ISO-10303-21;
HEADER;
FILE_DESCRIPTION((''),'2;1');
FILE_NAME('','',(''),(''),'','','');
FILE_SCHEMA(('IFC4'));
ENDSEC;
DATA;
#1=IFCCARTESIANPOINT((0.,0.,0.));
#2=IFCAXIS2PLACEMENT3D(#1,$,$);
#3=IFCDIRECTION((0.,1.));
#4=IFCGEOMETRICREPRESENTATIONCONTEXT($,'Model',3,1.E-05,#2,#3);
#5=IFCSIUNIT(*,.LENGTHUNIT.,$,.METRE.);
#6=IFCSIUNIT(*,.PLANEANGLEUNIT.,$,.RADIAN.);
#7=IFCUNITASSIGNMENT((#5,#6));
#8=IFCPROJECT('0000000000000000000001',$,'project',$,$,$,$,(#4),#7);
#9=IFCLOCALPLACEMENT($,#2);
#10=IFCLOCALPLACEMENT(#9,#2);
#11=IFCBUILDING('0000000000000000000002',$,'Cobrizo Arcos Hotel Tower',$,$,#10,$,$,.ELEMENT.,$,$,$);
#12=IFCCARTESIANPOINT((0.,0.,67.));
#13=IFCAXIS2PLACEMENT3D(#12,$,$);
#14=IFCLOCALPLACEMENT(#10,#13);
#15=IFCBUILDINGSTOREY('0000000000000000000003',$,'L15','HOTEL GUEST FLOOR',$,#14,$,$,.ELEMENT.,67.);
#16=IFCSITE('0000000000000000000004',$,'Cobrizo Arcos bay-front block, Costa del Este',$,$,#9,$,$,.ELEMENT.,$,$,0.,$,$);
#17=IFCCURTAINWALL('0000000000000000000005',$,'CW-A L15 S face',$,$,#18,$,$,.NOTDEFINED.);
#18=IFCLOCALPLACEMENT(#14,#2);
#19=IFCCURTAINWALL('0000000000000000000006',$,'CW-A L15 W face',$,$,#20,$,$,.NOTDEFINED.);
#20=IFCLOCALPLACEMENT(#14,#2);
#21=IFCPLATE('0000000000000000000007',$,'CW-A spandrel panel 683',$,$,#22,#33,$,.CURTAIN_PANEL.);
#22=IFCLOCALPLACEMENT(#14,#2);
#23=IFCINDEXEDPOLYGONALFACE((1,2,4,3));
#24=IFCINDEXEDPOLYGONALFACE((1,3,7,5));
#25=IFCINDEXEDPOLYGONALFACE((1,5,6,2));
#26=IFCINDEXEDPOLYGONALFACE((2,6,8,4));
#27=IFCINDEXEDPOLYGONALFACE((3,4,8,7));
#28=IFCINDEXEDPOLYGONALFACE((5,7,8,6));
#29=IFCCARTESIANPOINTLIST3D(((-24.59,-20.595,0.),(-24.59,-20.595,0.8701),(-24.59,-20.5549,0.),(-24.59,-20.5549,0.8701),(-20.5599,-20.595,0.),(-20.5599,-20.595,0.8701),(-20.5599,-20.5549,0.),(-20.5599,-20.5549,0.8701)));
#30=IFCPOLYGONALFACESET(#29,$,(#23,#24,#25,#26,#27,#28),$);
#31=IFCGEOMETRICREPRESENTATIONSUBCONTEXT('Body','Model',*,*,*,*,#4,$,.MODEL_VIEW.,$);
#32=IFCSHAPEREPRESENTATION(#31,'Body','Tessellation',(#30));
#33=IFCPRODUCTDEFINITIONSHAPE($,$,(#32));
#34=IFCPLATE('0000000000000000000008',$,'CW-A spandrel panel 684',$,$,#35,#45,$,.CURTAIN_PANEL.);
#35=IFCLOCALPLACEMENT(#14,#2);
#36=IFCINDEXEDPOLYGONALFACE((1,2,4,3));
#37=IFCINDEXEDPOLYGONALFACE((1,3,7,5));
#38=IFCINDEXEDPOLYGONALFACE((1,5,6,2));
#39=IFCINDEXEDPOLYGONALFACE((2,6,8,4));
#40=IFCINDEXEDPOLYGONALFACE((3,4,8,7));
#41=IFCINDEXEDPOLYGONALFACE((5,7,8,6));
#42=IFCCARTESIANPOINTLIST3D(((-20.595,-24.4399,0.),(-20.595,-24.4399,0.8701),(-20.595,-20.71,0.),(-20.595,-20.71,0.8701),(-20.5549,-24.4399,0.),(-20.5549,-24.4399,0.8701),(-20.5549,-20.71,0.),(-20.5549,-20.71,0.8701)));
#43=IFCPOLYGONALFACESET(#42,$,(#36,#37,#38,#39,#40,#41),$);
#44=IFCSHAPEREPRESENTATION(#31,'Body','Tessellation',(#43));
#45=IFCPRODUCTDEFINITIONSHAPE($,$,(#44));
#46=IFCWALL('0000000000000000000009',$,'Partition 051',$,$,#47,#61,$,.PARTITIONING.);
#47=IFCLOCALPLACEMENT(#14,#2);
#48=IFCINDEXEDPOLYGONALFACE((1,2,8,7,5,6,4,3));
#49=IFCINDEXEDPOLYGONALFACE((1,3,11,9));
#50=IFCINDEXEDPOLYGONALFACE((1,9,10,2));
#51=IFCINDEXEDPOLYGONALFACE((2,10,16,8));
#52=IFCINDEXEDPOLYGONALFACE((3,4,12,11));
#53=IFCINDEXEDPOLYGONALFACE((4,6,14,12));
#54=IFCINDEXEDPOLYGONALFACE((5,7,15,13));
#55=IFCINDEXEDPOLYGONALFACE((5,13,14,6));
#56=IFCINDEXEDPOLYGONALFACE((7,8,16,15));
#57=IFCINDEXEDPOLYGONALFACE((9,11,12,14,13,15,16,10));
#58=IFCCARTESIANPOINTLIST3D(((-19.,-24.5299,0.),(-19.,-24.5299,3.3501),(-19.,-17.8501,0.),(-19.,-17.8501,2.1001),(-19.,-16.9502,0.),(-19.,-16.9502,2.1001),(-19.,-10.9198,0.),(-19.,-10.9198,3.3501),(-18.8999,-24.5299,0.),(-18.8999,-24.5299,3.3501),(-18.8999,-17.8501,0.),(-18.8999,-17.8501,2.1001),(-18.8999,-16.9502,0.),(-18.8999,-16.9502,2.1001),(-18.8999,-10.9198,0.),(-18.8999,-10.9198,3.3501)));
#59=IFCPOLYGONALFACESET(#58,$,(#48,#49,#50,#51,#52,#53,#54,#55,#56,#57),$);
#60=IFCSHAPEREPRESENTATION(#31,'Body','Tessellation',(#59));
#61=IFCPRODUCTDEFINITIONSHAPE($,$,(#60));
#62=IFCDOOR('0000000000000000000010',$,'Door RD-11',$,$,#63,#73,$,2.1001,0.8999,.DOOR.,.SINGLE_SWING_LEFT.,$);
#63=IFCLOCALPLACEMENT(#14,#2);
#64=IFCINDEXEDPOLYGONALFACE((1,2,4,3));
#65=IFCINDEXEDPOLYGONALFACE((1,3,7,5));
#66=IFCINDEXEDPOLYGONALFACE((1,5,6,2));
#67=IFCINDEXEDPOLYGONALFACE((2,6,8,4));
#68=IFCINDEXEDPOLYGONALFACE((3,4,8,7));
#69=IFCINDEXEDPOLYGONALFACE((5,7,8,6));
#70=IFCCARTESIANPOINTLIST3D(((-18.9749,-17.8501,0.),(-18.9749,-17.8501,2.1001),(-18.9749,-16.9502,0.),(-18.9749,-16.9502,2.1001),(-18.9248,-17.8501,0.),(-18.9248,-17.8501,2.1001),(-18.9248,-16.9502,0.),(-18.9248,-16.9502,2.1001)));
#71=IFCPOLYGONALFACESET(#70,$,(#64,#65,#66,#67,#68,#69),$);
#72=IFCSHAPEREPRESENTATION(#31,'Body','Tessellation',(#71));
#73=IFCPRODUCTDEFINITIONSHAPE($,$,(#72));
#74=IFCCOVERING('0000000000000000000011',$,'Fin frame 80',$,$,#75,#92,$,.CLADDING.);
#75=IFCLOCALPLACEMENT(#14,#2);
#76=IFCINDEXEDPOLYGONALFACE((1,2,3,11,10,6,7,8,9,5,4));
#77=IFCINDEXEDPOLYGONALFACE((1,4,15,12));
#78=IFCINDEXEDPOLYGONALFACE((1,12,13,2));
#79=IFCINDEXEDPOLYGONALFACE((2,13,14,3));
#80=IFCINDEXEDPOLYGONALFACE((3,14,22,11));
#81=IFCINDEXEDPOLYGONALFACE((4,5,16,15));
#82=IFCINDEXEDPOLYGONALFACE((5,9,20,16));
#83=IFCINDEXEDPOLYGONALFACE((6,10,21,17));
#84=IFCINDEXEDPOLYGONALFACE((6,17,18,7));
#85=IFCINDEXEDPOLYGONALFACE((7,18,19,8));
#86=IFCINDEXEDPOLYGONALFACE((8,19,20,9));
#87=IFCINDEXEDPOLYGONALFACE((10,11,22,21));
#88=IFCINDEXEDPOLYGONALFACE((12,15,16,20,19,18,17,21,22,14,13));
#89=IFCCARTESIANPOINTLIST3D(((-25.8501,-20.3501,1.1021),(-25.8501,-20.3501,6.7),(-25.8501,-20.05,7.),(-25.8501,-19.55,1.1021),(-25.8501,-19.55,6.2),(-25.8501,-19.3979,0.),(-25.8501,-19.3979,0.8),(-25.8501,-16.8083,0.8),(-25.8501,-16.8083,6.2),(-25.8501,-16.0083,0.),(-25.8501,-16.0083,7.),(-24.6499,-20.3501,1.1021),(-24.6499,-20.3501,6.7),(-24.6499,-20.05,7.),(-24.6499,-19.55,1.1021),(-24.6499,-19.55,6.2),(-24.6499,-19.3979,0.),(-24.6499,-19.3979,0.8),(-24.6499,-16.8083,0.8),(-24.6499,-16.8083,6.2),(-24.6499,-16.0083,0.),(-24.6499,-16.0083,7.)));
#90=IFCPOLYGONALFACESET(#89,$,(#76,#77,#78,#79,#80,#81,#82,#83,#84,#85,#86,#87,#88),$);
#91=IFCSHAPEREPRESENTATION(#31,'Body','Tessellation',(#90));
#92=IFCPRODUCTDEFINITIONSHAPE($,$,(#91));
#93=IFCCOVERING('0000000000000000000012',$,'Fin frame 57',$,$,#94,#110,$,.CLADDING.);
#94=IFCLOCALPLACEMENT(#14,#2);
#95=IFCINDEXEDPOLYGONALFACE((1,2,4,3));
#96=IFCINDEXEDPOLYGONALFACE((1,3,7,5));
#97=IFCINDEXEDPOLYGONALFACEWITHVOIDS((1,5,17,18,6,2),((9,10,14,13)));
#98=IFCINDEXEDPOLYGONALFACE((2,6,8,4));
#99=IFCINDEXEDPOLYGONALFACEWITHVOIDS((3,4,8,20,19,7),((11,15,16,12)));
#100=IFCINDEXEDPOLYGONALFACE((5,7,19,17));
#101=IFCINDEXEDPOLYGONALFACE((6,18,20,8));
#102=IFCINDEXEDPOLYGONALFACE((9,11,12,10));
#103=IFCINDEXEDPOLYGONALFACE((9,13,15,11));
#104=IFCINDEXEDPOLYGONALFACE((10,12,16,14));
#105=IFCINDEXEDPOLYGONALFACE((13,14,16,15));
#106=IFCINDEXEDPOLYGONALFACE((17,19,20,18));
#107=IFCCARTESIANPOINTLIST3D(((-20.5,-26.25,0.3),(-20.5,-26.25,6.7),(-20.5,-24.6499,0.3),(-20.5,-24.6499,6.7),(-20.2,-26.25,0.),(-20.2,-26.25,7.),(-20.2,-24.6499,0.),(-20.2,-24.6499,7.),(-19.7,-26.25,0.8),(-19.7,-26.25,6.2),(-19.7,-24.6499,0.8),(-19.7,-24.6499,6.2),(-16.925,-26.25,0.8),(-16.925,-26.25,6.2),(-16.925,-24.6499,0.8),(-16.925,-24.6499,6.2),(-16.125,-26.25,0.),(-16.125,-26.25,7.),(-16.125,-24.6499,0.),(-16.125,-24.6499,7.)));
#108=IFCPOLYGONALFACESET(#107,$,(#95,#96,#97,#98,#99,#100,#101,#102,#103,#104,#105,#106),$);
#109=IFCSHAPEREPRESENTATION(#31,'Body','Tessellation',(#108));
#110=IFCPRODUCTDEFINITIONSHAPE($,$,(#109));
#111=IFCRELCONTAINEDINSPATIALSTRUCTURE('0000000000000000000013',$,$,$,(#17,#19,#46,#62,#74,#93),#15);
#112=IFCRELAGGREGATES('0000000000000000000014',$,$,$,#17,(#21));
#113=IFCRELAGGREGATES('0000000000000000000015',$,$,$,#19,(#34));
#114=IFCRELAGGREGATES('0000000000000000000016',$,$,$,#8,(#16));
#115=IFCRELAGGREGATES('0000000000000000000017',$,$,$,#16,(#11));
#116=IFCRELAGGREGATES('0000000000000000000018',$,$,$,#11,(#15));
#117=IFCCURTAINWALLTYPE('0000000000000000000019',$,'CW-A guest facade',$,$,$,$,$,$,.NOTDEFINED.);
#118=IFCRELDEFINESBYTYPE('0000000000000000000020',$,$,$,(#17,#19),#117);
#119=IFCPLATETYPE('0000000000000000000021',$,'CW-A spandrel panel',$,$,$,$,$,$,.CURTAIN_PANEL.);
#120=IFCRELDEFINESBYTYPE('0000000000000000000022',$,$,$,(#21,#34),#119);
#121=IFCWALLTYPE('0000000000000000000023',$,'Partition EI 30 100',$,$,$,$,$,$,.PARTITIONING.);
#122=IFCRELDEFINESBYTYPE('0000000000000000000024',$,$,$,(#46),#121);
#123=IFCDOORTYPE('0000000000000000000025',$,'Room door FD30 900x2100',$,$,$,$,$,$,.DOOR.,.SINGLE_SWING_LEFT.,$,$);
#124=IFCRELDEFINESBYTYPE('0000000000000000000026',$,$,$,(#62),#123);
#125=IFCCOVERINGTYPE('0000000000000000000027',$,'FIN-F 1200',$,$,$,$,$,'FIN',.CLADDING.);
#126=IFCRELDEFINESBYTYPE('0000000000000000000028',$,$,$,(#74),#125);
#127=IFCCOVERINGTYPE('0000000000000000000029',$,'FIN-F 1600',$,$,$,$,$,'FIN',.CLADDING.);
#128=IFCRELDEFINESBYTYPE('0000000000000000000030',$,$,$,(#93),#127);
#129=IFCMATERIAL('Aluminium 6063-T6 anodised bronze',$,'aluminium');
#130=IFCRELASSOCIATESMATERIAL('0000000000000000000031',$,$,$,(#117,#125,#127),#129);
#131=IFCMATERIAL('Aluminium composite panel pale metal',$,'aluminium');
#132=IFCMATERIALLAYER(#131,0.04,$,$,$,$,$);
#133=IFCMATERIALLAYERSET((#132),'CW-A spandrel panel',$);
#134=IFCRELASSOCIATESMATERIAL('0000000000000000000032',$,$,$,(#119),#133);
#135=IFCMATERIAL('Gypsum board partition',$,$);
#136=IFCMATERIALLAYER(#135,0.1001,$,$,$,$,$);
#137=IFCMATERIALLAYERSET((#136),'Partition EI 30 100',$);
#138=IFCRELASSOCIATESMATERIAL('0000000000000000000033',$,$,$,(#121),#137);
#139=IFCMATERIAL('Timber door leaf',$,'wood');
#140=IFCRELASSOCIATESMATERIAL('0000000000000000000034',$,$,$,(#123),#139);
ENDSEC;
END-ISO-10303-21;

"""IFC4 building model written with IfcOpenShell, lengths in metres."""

from ifc_helpers import new_model, si_unit, direction, frame, frame_2d, origin, origin_2d, place, context, subcontext, project, spatial, polyline, rectangle, outline, extrude, material, layer, layer_set, type_object, element, fill, aggregate, save


model = new_model("IFC4")

# Units and contexts
model_context = context("Model", 3, precision=1e-05, world=origin(), true_north=direction((0.0, 1.0)))
body_context = subcontext(model_context, "Body", "Model", "MODEL_VIEW")
ifc_project = project(units=[si_unit("LENGTHUNIT", "METRE"), si_unit("PLANEANGLEUNIT", "RADIAN")], contexts=[model_context])

# Site, building, storey
site_placement = place(None, origin())
site = spatial("IfcSite", under=ifc_project, at=site_placement, Name="Cobrizo Arcos bay-front block, Costa del Este", CompositionType="ELEMENT", RefElevation=0.0)
building_placement = place(site_placement, origin())
building = spatial("IfcBuilding", under=site, at=building_placement, Name="Cobrizo Arcos Hotel Tower", CompositionType="ELEMENT")
storey_placement = place(building_placement, frame((0.0, 0.0, 67.0)))
storey = spatial("IfcBuildingStorey", under=building, at=storey_placement, Name="L15", Description="HOTEL GUEST FLOOR", CompositionType="ELEMENT", Elevation=67.0)

# Shared definitions
ifc_material_1 = material(Name="Aluminium 6063-T6 anodised bronze", Category="aluminium")
curtain_wall_type = type_object("IfcCurtainWallType", Name="CW-A guest facade", PredefinedType="NOTDEFINED", material=ifc_material_1)

# Curtain walls
curtain_wall_1_placement = place(storey_placement, origin())
curtain_wall_1 = element("IfcCurtainWall", 1, at=curtain_wall_1_placement, inside=storey, type_object=curtain_wall_type, Name="CW-A L15 S face", PredefinedType="NOTDEFINED")
curtain_wall_2_placement = place(storey_placement, origin())
curtain_wall_2 = element("IfcCurtainWall", 2, at=curtain_wall_2_placement, inside=storey, type_object=curtain_wall_type, Name="CW-A L15 W face", PredefinedType="NOTDEFINED")

# Plates
ifc_material_2 = material(Name="Aluminium composite panel pale metal", Category="aluminium")
ifc_layer_1 = layer(ifc_material_2, 0.04)
ifc_layer_set_1 = layer_set([ifc_layer_1], Name="CW-A spandrel panel")
plate_type_1 = type_object("IfcPlateType", Name="CW-A spandrel panel", PredefinedType="CURTAIN_PANEL", material=ifc_layer_set_1)
plate_1_placement = place(storey_placement, frame((-22.575, -20.575, 0.0), z_axis=(0.0, 0.0, 1.0), x_axis=(1.0, 0.0, 0.0)))
plate_1 = element("IfcPlate", 3, at=plate_1_placement, type_object=plate_type_1, Name="CW-A spandrel panel 683", PredefinedType="CURTAIN_PANEL", context=body_context, shape_type="SweptSolid", body=[
    extrude(rectangle(XDim=4.03, YDim=0.04, at=origin_2d()), origin(), (0.0, 0.0, 1.0), 0.8701),
])
aggregate(curtain_wall_1, [plate_1])
plate_2_placement = place(storey_placement, frame((-20.575, -22.575, 0.0), z_axis=(0.0, 0.0, 1.0), x_axis=(0.0, -1.0, 0.0)))
plate_2 = element("IfcPlate", 4, at=plate_2_placement, type_object=plate_type_1, Name="CW-A spandrel panel 684", PredefinedType="CURTAIN_PANEL", context=body_context, shape_type="SweptSolid", body=[
    extrude(rectangle(XDim=3.73, YDim=0.04, at=origin_2d()), origin(), (0.0, 0.0, 1.0), 0.8701),
])
aggregate(curtain_wall_2, [plate_2])

# Wall, opening, door
ifc_material_3 = material(Name="Gypsum board partition")
ifc_layer_2 = layer(ifc_material_3, 0.1001)
ifc_layer_set_2 = layer_set([ifc_layer_2], Name="Partition EI 30 100")
wall_type = type_object("IfcWallType", Name="Partition EI 30 100", PredefinedType="PARTITIONING", material=ifc_layer_set_2)
wall_placement = place(storey_placement, frame((-18.95, -24.53, 0.0), z_axis=(0.0, 0.0, 1.0), x_axis=(0.0, 1.0, 0.0)))
wall = element("IfcWall", 5, at=wall_placement, inside=storey, type_object=wall_type, Name="Partition 051", PredefinedType="PARTITIONING", context=body_context, shape_type="SweptSolid", body=[
    extrude(rectangle(XDim=13.6101, YDim=0.1001, at=frame_2d((6.8052, 0.0))), origin(), (0.0, 0.0, 1.0), 3.3501),
])
opening_placement = place(wall_placement, frame((6.6799, 0.0, 0.0)))
opening = element("IfcOpeningElement", 6, at=opening_placement, cuts=wall, PredefinedType="OPENING", context=body_context, shape_type="SweptSolid", body=[
    extrude(rectangle(XDim=0.8999, YDim=2.1001, at=frame_2d((0.45, 1.05))), frame((0.0, 0.062, 0.0), z_axis=(0.0, -1.0, 0.0), x_axis=(1.0, 0.0, 0.0)), (0.0, 0.0, 1.0), 0.124),
])
ifc_material_4 = material(Name="Timber door leaf", Category="wood")
door_type = type_object("IfcDoorType", Name="Room door FD30 900x2100", OperationType="SINGLE_SWING_LEFT", PredefinedType="DOOR", material=ifc_material_4)
door_placement = place(opening_placement, origin())
door = element("IfcDoor", 7, at=door_placement, inside=storey, type_object=door_type, Name="Door RD-11", OperationType="SINGLE_SWING_LEFT", OverallHeight=2.1001, OverallWidth=0.8999, PredefinedType="DOOR", context=body_context, shape_type="SweptSolid", body=[
    extrude(rectangle(XDim=0.8999, YDim=2.1001, at=frame_2d((0.45, 1.05))), frame((0.0, 0.0249, 0.0), z_axis=(0.0, -1.0, 0.0), x_axis=(1.0, 0.0, 0.0)), (0.0, 0.0, 1.0), 0.05),
])
fill(opening, door)

# Coverings
covering_type_1 = type_object("IfcCoveringType", Name="FIN-F 1200", ElementType="FIN", PredefinedType="CLADDING", material=ifc_material_1)
covering_1_placement = place(storey_placement, frame((-24.6499, -16.0083, 0.0), z_axis=(-1.0, 0.0, 0.0), x_axis=(0.0, -1.0, 0.0)))
element("IfcCovering", 8, at=covering_1_placement, inside=storey, type_object=covering_type_1, Name="Fin frame 80", PredefinedType="CLADDING", context=body_context, shape_type="SweptSolid", body=[
    extrude(outline(polyline([(0.0, 0.0), (3.3896, 0.0), (3.3896, 0.8), (0.8, 0.8), (0.8, 6.2), (3.5417, 6.2), (3.5417, 1.1021), (4.3418, 1.1021), (4.3418, 6.7), (4.0417, 7.0), (0.0, 7.0), (0.0, 0.0)])), origin(), (0.0, 0.0, 1.0), 1.2002),
])
covering_type_2 = type_object("IfcCoveringType", Name="FIN-F 1600", ElementType="FIN", PredefinedType="CLADDING", material=ifc_material_1)
covering_2_placement = place(storey_placement, frame((-20.5, -24.6499, 0.0), z_axis=(0.0, -1.0, 0.0), x_axis=(1.0, 0.0, 0.0)))
element("IfcCovering", 9, at=covering_2_placement, inside=storey, type_object=covering_type_2, Name="Fin frame 57", PredefinedType="CLADDING", context=body_context, shape_type="SweptSolid", body=[
    extrude(outline(polyline([(0.0, 0.3), (0.3, 0.0), (4.375, 0.0), (4.375, 7.0), (0.3, 7.0), (0.0, 6.7), (0.0, 0.3)]), holes=[polyline([(3.575, 0.8), (0.8, 0.8), (0.8, 6.2), (3.575, 6.2), (3.575, 0.8)])]), origin(), (0.0, 0.0, 1.0), 1.6001),
])

save(model, "model.ifc")
